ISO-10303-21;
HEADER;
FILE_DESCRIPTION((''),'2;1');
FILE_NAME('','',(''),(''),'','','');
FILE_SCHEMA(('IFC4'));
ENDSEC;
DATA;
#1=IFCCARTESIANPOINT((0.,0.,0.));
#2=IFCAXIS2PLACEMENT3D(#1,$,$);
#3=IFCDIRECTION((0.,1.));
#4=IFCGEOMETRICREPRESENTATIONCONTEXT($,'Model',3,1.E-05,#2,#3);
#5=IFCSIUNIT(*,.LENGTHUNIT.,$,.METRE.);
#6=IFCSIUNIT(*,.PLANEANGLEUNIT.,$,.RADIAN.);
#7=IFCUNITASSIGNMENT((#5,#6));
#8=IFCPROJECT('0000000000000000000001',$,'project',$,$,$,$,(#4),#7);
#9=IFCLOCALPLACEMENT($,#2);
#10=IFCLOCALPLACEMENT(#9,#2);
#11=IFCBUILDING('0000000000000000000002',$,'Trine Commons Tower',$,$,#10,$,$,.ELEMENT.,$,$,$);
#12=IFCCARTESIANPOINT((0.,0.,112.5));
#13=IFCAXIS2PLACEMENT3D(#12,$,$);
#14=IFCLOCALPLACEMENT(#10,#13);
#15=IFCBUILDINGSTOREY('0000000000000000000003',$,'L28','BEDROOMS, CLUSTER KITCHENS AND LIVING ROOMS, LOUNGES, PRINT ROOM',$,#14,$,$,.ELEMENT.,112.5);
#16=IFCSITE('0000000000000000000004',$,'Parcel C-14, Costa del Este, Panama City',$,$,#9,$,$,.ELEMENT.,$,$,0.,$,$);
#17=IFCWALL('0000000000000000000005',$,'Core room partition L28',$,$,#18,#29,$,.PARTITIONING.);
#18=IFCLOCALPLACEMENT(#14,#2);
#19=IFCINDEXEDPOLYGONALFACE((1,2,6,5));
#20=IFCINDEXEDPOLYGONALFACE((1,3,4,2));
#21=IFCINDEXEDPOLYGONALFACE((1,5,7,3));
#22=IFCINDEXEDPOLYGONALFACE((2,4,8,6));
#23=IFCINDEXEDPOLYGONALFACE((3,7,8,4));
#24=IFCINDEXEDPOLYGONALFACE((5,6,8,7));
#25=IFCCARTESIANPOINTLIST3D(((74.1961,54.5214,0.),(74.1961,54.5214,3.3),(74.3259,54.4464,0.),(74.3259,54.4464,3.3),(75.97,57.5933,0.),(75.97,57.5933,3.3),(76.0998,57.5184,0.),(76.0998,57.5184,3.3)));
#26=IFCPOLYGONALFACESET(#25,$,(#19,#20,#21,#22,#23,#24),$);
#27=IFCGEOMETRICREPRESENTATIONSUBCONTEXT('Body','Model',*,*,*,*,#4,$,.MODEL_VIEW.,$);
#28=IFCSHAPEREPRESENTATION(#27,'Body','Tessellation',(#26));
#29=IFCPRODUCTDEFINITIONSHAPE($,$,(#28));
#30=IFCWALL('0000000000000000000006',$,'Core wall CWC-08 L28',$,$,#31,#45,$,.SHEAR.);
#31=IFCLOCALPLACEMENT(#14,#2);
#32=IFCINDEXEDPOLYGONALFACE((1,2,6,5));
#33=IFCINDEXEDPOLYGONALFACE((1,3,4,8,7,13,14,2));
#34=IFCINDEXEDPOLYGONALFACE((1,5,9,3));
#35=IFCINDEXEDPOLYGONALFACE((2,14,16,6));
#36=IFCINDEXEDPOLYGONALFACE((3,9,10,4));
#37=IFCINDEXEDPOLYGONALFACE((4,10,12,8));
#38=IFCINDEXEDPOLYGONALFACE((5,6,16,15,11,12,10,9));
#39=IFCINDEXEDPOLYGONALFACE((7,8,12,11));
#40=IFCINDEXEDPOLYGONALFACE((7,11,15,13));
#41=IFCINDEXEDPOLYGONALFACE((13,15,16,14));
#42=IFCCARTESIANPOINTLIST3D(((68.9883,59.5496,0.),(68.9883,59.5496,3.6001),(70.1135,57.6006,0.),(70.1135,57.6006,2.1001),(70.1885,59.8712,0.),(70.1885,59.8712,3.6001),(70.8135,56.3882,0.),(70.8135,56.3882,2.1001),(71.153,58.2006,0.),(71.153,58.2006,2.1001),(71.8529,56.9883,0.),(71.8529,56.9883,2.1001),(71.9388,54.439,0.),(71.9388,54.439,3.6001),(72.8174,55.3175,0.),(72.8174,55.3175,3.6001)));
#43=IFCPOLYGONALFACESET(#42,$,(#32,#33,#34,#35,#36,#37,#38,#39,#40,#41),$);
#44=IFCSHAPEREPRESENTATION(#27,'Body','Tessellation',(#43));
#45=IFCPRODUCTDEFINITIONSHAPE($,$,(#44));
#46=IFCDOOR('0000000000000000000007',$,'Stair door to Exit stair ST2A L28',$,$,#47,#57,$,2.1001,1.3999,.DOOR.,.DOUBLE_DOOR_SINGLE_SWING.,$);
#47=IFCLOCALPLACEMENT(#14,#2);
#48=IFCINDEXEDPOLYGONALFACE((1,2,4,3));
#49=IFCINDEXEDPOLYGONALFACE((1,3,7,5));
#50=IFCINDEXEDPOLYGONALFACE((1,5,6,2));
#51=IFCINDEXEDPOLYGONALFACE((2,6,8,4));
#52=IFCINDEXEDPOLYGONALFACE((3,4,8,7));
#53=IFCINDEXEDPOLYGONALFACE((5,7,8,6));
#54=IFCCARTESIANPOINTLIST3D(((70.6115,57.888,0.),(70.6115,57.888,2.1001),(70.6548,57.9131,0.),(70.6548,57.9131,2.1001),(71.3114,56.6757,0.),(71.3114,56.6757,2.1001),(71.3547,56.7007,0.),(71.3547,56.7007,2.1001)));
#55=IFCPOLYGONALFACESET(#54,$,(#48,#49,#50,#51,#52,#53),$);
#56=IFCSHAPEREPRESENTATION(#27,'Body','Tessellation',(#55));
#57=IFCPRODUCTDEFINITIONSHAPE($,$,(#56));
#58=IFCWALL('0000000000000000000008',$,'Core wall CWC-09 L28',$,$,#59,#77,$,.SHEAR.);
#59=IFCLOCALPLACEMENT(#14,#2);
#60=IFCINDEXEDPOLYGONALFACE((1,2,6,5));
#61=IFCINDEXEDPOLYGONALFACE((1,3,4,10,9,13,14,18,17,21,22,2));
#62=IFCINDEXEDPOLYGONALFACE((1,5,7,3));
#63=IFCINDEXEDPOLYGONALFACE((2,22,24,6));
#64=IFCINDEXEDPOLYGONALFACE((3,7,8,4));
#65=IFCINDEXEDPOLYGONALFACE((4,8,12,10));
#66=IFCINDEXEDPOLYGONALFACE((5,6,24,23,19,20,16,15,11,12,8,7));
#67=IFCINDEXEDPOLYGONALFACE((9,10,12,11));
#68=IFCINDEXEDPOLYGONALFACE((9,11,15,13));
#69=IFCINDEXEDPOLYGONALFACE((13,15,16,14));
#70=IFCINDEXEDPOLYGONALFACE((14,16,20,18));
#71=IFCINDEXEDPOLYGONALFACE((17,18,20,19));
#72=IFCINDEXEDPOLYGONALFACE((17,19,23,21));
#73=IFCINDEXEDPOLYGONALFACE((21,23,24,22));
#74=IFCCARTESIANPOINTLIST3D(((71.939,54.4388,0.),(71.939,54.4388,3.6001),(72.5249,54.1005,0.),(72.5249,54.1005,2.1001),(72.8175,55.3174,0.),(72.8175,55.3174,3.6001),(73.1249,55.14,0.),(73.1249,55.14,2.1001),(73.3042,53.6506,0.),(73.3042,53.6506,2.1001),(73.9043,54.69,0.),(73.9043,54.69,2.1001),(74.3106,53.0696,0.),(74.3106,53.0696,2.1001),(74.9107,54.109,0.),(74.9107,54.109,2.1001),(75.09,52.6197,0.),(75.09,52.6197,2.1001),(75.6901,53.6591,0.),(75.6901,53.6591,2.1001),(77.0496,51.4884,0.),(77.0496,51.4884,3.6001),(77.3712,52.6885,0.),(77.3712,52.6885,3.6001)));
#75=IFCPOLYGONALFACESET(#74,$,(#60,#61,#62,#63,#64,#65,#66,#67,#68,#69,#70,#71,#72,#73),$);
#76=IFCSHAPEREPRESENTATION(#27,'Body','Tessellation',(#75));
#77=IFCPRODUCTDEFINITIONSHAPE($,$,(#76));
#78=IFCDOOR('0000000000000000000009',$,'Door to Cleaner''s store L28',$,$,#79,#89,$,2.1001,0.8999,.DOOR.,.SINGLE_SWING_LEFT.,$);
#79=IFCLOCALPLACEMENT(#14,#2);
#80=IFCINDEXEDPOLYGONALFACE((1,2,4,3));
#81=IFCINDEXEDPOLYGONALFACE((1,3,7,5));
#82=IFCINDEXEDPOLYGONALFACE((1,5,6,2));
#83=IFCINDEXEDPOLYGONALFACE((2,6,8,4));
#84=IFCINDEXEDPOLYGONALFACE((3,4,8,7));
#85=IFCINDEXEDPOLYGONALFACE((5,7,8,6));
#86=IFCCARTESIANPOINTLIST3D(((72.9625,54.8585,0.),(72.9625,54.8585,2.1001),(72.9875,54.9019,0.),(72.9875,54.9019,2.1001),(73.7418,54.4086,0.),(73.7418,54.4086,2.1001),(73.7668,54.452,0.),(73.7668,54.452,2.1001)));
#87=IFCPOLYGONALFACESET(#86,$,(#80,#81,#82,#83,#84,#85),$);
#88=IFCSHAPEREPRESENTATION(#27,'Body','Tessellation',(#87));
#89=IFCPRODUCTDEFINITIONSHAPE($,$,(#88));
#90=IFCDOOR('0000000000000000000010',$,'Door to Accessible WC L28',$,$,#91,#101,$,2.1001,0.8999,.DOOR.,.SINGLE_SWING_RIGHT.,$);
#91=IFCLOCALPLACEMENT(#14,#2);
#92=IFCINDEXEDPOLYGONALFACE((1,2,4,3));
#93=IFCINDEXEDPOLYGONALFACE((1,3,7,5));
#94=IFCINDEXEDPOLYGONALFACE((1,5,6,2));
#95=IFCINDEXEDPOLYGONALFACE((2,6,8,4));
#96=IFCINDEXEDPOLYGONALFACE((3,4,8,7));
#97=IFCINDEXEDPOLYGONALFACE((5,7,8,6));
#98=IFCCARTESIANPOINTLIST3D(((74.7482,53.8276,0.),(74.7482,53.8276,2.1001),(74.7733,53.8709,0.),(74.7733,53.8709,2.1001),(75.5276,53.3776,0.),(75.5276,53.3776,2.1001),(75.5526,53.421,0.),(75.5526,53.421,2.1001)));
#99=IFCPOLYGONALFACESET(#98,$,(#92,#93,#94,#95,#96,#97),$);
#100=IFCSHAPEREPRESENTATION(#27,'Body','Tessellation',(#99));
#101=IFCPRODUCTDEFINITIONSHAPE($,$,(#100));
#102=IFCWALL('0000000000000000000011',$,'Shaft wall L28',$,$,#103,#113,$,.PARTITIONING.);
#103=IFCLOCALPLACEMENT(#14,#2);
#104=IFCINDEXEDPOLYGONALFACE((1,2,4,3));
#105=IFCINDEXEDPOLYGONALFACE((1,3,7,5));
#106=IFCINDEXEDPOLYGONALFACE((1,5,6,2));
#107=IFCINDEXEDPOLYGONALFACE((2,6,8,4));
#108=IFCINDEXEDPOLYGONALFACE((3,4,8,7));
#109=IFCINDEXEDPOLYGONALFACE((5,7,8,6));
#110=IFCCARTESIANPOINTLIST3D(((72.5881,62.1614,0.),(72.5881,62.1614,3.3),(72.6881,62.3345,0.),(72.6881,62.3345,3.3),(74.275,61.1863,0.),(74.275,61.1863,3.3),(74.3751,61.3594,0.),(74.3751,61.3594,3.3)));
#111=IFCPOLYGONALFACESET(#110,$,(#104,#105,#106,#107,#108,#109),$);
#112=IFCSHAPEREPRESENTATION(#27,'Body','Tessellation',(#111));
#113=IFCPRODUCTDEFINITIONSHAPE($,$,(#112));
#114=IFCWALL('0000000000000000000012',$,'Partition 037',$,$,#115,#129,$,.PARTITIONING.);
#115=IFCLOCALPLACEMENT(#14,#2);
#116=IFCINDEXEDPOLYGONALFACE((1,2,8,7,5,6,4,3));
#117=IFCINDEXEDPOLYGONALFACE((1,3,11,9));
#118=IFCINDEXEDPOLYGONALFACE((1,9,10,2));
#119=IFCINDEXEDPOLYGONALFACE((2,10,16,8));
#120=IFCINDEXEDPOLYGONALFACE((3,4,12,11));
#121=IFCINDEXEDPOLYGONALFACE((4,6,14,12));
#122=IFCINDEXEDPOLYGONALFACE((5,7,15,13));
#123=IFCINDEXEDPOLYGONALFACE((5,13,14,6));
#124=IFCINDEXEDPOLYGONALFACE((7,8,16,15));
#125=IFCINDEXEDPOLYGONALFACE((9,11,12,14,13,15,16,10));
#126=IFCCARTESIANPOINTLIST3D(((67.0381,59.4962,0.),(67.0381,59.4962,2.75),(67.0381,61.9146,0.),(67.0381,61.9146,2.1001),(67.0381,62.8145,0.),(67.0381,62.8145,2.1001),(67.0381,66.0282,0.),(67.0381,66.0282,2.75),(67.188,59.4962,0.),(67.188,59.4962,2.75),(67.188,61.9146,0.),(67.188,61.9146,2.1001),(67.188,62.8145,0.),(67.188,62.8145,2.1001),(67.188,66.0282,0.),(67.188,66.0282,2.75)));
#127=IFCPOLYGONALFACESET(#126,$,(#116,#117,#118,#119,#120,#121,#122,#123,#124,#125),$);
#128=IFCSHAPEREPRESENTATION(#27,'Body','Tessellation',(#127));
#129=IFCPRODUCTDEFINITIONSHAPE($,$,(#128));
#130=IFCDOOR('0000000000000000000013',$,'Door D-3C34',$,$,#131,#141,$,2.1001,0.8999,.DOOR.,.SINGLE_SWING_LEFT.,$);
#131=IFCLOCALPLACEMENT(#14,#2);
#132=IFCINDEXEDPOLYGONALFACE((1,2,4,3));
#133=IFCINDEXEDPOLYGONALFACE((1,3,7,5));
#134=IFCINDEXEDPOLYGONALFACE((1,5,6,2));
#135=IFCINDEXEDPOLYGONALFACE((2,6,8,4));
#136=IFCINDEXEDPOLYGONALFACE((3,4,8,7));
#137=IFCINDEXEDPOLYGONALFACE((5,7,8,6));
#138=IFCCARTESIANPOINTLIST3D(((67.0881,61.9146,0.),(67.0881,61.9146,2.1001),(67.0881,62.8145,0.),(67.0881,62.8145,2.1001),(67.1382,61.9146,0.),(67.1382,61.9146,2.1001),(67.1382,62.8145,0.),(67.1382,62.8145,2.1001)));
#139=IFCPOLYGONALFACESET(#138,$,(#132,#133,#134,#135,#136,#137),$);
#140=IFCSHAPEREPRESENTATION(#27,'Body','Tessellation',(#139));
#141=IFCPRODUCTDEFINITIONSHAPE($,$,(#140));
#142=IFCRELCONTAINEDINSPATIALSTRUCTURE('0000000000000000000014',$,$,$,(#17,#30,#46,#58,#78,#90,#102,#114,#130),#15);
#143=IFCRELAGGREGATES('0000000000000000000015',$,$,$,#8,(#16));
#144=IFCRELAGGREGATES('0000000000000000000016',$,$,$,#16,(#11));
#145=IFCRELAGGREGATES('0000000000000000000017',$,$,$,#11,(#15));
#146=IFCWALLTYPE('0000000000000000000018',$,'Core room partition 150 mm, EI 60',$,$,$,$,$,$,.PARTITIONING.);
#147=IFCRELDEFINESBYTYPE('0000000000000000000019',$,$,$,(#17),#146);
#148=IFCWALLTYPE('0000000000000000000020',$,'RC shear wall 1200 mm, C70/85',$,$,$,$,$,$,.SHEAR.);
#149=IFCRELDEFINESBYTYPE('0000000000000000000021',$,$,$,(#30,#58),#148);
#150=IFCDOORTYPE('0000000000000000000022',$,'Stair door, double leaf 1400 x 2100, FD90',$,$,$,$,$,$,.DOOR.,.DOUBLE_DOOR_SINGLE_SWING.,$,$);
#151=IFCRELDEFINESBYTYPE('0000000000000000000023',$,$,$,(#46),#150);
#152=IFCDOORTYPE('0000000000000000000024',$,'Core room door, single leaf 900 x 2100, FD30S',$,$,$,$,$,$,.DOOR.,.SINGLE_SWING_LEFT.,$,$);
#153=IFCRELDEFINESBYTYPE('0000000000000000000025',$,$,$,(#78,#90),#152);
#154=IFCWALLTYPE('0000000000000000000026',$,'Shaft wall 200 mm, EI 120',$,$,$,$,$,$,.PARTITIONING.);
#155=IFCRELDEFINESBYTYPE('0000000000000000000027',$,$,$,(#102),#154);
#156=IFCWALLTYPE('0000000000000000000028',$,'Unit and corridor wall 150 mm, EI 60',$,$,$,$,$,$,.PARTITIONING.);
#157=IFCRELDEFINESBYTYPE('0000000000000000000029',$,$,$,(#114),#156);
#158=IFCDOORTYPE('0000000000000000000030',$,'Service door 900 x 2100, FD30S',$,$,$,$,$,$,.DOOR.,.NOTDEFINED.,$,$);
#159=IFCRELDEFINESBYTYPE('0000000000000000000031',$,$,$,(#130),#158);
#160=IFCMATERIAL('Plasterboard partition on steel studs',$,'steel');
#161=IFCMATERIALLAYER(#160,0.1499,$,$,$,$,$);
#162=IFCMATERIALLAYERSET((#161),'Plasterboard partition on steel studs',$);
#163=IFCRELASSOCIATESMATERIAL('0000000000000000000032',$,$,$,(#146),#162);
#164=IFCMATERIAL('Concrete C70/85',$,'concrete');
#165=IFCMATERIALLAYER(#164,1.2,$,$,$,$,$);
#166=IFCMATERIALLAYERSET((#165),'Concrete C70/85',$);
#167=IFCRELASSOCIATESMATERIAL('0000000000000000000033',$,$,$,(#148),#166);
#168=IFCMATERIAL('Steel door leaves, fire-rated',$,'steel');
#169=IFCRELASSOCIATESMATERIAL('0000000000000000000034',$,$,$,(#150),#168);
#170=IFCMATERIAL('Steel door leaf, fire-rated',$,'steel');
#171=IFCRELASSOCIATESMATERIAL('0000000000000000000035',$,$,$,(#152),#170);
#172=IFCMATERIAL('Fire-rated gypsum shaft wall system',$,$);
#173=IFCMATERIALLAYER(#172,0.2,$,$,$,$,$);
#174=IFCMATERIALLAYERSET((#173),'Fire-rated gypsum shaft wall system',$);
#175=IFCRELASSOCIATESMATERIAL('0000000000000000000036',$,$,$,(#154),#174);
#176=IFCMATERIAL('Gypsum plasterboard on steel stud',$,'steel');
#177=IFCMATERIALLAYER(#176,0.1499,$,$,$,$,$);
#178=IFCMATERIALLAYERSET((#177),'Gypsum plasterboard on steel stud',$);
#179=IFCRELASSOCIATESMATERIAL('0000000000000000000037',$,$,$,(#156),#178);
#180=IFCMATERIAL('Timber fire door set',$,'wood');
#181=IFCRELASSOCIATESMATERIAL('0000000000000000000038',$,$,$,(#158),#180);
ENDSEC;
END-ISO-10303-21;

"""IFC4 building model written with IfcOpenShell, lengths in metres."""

from ifc_helpers import new_model, si_unit, direction, frame, frame_2d, origin, place, context, subcontext, project, spatial, polyline, rectangle, outline, extrude, material, layer, layer_set, type_object, element, fill, save


model = new_model("IFC4")

# Units and contexts
model_context = context("Model", 3, precision=1e-05, world=origin(), true_north=direction((0.0, 1.0)))
body_context = subcontext(model_context, "Body", "Model", "MODEL_VIEW")
ifc_project = project(units=[si_unit("LENGTHUNIT", "METRE"), si_unit("PLANEANGLEUNIT", "RADIAN")], contexts=[model_context])

# Site, building, storey
site_placement = place(None, origin())
site = spatial("IfcSite", under=ifc_project, at=site_placement, Name="Parcel C-14, Costa del Este, Panama City", CompositionType="ELEMENT", RefElevation=0.0)
building_placement = place(site_placement, origin())
building = spatial("IfcBuilding", under=site, at=building_placement, Name="Trine Commons Tower", CompositionType="ELEMENT")
storey_placement = place(building_placement, frame((0.0, 0.0, 112.5)))
storey = spatial("IfcBuildingStorey", under=building, at=storey_placement, Name="L28", Description="BEDROOMS, CLUSTER KITCHENS AND LIVING ROOMS, LOUNGES, PRINT ROOM", CompositionType="ELEMENT", Elevation=112.5)

# Wall
ifc_material_1 = material(Name="Plasterboard partition on steel studs", Category="steel")
ifc_layer_1 = layer(ifc_material_1, 0.1499)
ifc_layer_set_1 = layer_set([ifc_layer_1], Name="Plasterboard partition on steel studs")
wall_type_1 = type_object("IfcWallType", Name="Core room partition 150 mm, EI 60", PredefinedType="PARTITIONING", material=ifc_layer_set_1)
wall_1_placement = place(storey_placement, frame((74.261, 54.4839, 0.0), z_axis=(0.0, 0.0, 1.0), x_axis=(0.500062, 0.86599, 0.0)))
element("IfcWall", 1, at=wall_1_placement, inside=storey, type_object=wall_type_1, Name="Core room partition L28", PredefinedType="PARTITIONING", context=body_context, shape_type="SweptSolid", body=[
    extrude(rectangle(XDim=3.5474, YDim=0.1499, at=frame_2d((1.7737, 0.0))), origin(), (0.0, 0.0, 1.0), 3.3),
])

# Wall, opening, door
ifc_material_2 = material(Name="Concrete C70/85", Category="concrete")
ifc_layer_2 = layer(ifc_material_2, 1.2)
ifc_layer_set_2 = layer_set([ifc_layer_2], Name="Concrete C70/85")
wall_type_2 = type_object("IfcWallType", Name="RC shear wall 1200 mm, C70/85", PredefinedType="SHEAR", material=ifc_layer_set_2)
wall_2_placement = place(storey_placement, frame((69.5081, 59.8496, 0.0), z_axis=(0.0, 0.0, 1.0), x_axis=(0.499979, -0.866037, 0.0)))
wall_2 = element("IfcWall", 2, at=wall_2_placement, inside=storey, type_object=wall_type_2, Name="Core wall CWC-08 L28", PredefinedType="SHEAR", context=body_context, shape_type="SweptSolid", body=[
    extrude(outline(polyline([(0.0, -0.6001), (5.9011, -0.6001), (5.5796, 0.6001), (0.3215, 0.6001), (0.0, -0.6001)])), origin(), (0.0, 0.0, 1.0), 3.6001),
])
opening_1_placement = place(wall_2_placement, frame((2.2505, 0.0, 0.0)))
opening_1 = element("IfcOpeningElement", 3, at=opening_1_placement, cuts=wall_2, PredefinedType="OPENING", context=body_context, shape_type="SweptSolid", body=[
    extrude(rectangle(XDim=1.3999, YDim=2.1001, at=frame_2d((0.7, 1.05))), frame((0.0, 0.6099, 0.0), z_axis=(0.0, -1.0, 0.0), x_axis=(1.0, 0.0, 0.0)), (0.0, 0.0, 1.0), 1.22),
])
ifc_material_3 = material(Name="Steel door leaves, fire-rated", Category="steel")
door_type_1 = type_object("IfcDoorType", Name="Stair door, double leaf 1400 x 2100, FD90", OperationType="DOUBLE_DOOR_SINGLE_SWING", PredefinedType="DOOR", material=ifc_material_3)
door_1_placement = place(opening_1_placement, origin())
door_1 = element("IfcDoor", 4, at=door_1_placement, inside=storey, type_object=door_type_1, Name="Stair door to Exit stair ST2A L28", OperationType="DOUBLE_DOOR_SINGLE_SWING", OverallHeight=2.1001, OverallWidth=1.3999, PredefinedType="DOOR", context=body_context, shape_type="SweptSolid", body=[
    extrude(rectangle(XDim=1.3999, YDim=2.1001, at=frame_2d((0.7, 1.05))), frame((0.0, 0.0249, 0.0), z_axis=(0.0, -1.0, 0.0), x_axis=(1.0, 0.0, 0.0)), (0.0, 0.0, 1.0), 0.05),
])
fill(opening_1, door_1)

# Wall, openings, doors
wall_3_placement = place(storey_placement, frame((72.239, 54.9585, 0.0), z_axis=(0.0, 0.0, 1.0), x_axis=(0.866037, -0.499979, 0.0)))
wall_3 = element("IfcWall", 5, at=wall_3_placement, inside=storey, type_object=wall_type_2, Name="Core wall CWC-09 L28", PredefinedType="SHEAR", context=body_context, shape_type="SweptSolid", body=[
    extrude(outline(polyline([(0.0, -0.6001), (5.9011, -0.6001), (5.5796, 0.6001), (0.3215, 0.6001), (0.0, -0.6001)])), origin(), (0.0, 0.0, 1.0), 3.6001),
])
opening_2_placement = place(wall_3_placement, frame((0.6765, 0.0, 0.0)))
opening_2 = element("IfcOpeningElement", 6, at=opening_2_placement, cuts=wall_3, PredefinedType="OPENING", context=body_context, shape_type="SweptSolid", body=[
    extrude(rectangle(XDim=0.8999, YDim=2.1001, at=frame_2d((0.45, 1.05))), frame((0.0, 0.6099, 0.0), z_axis=(0.0, -1.0, 0.0), x_axis=(1.0, 0.0, 0.0)), (0.0, 0.0, 1.0), 1.22),
])
opening_3_placement = place(wall_3_placement, frame((2.7385, 0.0, 0.0)))
opening_3 = element("IfcOpeningElement", 7, at=opening_3_placement, cuts=wall_3, PredefinedType="OPENING", context=body_context, shape_type="SweptSolid", body=[
    extrude(rectangle(XDim=0.8999, YDim=2.1001, at=frame_2d((0.45, 1.05))), frame((0.0, 0.6099, 0.0), z_axis=(0.0, -1.0, 0.0), x_axis=(1.0, 0.0, 0.0)), (0.0, 0.0, 1.0), 1.22),
])
ifc_material_4 = material(Name="Steel door leaf, fire-rated", Category="steel")
door_type_2 = type_object("IfcDoorType", Name="Core room door, single leaf 900 x 2100, FD30S", OperationType="SINGLE_SWING_LEFT", PredefinedType="DOOR", material=ifc_material_4)
door_2_placement = place(opening_2_placement, origin())
door_2 = element("IfcDoor", 8, at=door_2_placement, inside=storey, type_object=door_type_2, Name="Door to Cleaner's store L28", OperationType="SINGLE_SWING_LEFT", OverallHeight=2.1001, OverallWidth=0.8999, PredefinedType="DOOR", context=body_context, shape_type="SweptSolid", body=[
    extrude(rectangle(XDim=0.8999, YDim=2.1001, at=frame_2d((0.45, 1.05))), frame((0.0, 0.3252, 0.0), z_axis=(0.0, -1.0, 0.0), x_axis=(1.0, 0.0, 0.0)), (0.0, 0.0, 1.0), 0.05),
])
fill(opening_2, door_2)
door_3_placement = place(opening_3_placement, origin())
door_3 = element("IfcDoor", 9, at=door_3_placement, inside=storey, type_object=door_type_2, Name="Door to Accessible WC L28", OperationType="SINGLE_SWING_RIGHT", OverallHeight=2.1001, OverallWidth=0.8999, PredefinedType="DOOR", context=body_context, shape_type="SweptSolid", body=[
    extrude(rectangle(XDim=0.8999, YDim=2.1001, at=frame_2d((0.45, 1.05))), frame((0.0, 0.3252, 0.0), z_axis=(0.0, -1.0, 0.0), x_axis=(1.0, 0.0, 0.0)), (0.0, 0.0, 1.0), 0.05),
])
fill(opening_3, door_3)

# Wall
ifc_material_5 = material(Name="Fire-rated gypsum shaft wall system")
ifc_layer_3 = layer(ifc_material_5, 0.2)
ifc_layer_set_3 = layer_set([ifc_layer_3], Name="Fire-rated gypsum shaft wall system")
wall_type_3 = type_object("IfcWallType", Name="Shaft wall 200 mm, EI 120", PredefinedType="PARTITIONING", material=ifc_layer_set_3)
wall_4_placement = place(storey_placement, frame((74.325, 61.2729, 0.0), z_axis=(0.0, 0.0, 1.0), x_axis=(-0.865781, 0.500424, 0.0)))
element("IfcWall", 10, at=wall_4_placement, inside=storey, type_object=wall_type_3, Name="Shaft wall L28", PredefinedType="PARTITIONING", context=body_context, shape_type="SweptSolid", body=[
    extrude(rectangle(XDim=1.9485, YDim=0.2, at=frame_2d((0.9741, 0.0))), origin(), (0.0, 0.0, 1.0), 3.3),
])

# Wall, opening, door
ifc_material_6 = material(Name="Gypsum plasterboard on steel stud", Category="steel")
ifc_layer_4 = layer(ifc_material_6, 0.1499)
ifc_layer_set_4 = layer_set([ifc_layer_4], Name="Gypsum plasterboard on steel stud")
wall_type_4 = type_object("IfcWallType", Name="Unit and corridor wall 150 mm, EI 60", PredefinedType="PARTITIONING", material=ifc_layer_set_4)
wall_5_placement = place(storey_placement, frame((67.113, 59.4961, 0.0), z_axis=(0.0, 0.0, 1.0), x_axis=(0.0, 1.0, 0.0)))
wall_5 = element("IfcWall", 11, at=wall_5_placement, inside=storey, type_object=wall_type_4, Name="Partition 037", PredefinedType="PARTITIONING", context=body_context, shape_type="SweptSolid", body=[
    extrude(rectangle(XDim=6.532, YDim=0.1499, at=frame_2d((3.2661, 0.0))), origin(), (0.0, 0.0, 1.0), 2.75),
])
opening_4_placement = place(wall_5_placement, frame((2.4185, 0.0, 0.0)))
opening_4 = element("IfcOpeningElement", 12, at=opening_4_placement, cuts=wall_5, PredefinedType="OPENING", context=body_context, shape_type="SweptSolid", body=[
    extrude(rectangle(XDim=0.8999, YDim=2.1001, at=frame_2d((0.45, 1.05))), frame((0.0, 0.085, 0.0), z_axis=(0.0, -1.0, 0.0), x_axis=(1.0, 0.0, 0.0)), (0.0, 0.0, 1.0), 0.1699),
])
ifc_material_7 = material(Name="Timber fire door set", Category="wood")
door_type_3 = type_object("IfcDoorType", Name="Service door 900 x 2100, FD30S", OperationType="NOTDEFINED", PredefinedType="DOOR", material=ifc_material_7)
door_4_placement = place(opening_4_placement, origin())
door_4 = element("IfcDoor", 13, at=door_4_placement, inside=storey, type_object=door_type_3, Name="Door D-3C34", OperationType="SINGLE_SWING_LEFT", OverallHeight=2.1001, OverallWidth=0.8999, PredefinedType="DOOR", context=body_context, shape_type="SweptSolid", body=[
    extrude(rectangle(XDim=0.8999, YDim=2.1001, at=frame_2d((0.45, 1.05))), frame((0.0, 0.0249, 0.0), z_axis=(0.0, -1.0, 0.0), x_axis=(1.0, 0.0, 0.0)), (0.0, 0.0, 1.0), 0.05),
])
fill(opening_4, door_4)

save(model, "model.ifc")
